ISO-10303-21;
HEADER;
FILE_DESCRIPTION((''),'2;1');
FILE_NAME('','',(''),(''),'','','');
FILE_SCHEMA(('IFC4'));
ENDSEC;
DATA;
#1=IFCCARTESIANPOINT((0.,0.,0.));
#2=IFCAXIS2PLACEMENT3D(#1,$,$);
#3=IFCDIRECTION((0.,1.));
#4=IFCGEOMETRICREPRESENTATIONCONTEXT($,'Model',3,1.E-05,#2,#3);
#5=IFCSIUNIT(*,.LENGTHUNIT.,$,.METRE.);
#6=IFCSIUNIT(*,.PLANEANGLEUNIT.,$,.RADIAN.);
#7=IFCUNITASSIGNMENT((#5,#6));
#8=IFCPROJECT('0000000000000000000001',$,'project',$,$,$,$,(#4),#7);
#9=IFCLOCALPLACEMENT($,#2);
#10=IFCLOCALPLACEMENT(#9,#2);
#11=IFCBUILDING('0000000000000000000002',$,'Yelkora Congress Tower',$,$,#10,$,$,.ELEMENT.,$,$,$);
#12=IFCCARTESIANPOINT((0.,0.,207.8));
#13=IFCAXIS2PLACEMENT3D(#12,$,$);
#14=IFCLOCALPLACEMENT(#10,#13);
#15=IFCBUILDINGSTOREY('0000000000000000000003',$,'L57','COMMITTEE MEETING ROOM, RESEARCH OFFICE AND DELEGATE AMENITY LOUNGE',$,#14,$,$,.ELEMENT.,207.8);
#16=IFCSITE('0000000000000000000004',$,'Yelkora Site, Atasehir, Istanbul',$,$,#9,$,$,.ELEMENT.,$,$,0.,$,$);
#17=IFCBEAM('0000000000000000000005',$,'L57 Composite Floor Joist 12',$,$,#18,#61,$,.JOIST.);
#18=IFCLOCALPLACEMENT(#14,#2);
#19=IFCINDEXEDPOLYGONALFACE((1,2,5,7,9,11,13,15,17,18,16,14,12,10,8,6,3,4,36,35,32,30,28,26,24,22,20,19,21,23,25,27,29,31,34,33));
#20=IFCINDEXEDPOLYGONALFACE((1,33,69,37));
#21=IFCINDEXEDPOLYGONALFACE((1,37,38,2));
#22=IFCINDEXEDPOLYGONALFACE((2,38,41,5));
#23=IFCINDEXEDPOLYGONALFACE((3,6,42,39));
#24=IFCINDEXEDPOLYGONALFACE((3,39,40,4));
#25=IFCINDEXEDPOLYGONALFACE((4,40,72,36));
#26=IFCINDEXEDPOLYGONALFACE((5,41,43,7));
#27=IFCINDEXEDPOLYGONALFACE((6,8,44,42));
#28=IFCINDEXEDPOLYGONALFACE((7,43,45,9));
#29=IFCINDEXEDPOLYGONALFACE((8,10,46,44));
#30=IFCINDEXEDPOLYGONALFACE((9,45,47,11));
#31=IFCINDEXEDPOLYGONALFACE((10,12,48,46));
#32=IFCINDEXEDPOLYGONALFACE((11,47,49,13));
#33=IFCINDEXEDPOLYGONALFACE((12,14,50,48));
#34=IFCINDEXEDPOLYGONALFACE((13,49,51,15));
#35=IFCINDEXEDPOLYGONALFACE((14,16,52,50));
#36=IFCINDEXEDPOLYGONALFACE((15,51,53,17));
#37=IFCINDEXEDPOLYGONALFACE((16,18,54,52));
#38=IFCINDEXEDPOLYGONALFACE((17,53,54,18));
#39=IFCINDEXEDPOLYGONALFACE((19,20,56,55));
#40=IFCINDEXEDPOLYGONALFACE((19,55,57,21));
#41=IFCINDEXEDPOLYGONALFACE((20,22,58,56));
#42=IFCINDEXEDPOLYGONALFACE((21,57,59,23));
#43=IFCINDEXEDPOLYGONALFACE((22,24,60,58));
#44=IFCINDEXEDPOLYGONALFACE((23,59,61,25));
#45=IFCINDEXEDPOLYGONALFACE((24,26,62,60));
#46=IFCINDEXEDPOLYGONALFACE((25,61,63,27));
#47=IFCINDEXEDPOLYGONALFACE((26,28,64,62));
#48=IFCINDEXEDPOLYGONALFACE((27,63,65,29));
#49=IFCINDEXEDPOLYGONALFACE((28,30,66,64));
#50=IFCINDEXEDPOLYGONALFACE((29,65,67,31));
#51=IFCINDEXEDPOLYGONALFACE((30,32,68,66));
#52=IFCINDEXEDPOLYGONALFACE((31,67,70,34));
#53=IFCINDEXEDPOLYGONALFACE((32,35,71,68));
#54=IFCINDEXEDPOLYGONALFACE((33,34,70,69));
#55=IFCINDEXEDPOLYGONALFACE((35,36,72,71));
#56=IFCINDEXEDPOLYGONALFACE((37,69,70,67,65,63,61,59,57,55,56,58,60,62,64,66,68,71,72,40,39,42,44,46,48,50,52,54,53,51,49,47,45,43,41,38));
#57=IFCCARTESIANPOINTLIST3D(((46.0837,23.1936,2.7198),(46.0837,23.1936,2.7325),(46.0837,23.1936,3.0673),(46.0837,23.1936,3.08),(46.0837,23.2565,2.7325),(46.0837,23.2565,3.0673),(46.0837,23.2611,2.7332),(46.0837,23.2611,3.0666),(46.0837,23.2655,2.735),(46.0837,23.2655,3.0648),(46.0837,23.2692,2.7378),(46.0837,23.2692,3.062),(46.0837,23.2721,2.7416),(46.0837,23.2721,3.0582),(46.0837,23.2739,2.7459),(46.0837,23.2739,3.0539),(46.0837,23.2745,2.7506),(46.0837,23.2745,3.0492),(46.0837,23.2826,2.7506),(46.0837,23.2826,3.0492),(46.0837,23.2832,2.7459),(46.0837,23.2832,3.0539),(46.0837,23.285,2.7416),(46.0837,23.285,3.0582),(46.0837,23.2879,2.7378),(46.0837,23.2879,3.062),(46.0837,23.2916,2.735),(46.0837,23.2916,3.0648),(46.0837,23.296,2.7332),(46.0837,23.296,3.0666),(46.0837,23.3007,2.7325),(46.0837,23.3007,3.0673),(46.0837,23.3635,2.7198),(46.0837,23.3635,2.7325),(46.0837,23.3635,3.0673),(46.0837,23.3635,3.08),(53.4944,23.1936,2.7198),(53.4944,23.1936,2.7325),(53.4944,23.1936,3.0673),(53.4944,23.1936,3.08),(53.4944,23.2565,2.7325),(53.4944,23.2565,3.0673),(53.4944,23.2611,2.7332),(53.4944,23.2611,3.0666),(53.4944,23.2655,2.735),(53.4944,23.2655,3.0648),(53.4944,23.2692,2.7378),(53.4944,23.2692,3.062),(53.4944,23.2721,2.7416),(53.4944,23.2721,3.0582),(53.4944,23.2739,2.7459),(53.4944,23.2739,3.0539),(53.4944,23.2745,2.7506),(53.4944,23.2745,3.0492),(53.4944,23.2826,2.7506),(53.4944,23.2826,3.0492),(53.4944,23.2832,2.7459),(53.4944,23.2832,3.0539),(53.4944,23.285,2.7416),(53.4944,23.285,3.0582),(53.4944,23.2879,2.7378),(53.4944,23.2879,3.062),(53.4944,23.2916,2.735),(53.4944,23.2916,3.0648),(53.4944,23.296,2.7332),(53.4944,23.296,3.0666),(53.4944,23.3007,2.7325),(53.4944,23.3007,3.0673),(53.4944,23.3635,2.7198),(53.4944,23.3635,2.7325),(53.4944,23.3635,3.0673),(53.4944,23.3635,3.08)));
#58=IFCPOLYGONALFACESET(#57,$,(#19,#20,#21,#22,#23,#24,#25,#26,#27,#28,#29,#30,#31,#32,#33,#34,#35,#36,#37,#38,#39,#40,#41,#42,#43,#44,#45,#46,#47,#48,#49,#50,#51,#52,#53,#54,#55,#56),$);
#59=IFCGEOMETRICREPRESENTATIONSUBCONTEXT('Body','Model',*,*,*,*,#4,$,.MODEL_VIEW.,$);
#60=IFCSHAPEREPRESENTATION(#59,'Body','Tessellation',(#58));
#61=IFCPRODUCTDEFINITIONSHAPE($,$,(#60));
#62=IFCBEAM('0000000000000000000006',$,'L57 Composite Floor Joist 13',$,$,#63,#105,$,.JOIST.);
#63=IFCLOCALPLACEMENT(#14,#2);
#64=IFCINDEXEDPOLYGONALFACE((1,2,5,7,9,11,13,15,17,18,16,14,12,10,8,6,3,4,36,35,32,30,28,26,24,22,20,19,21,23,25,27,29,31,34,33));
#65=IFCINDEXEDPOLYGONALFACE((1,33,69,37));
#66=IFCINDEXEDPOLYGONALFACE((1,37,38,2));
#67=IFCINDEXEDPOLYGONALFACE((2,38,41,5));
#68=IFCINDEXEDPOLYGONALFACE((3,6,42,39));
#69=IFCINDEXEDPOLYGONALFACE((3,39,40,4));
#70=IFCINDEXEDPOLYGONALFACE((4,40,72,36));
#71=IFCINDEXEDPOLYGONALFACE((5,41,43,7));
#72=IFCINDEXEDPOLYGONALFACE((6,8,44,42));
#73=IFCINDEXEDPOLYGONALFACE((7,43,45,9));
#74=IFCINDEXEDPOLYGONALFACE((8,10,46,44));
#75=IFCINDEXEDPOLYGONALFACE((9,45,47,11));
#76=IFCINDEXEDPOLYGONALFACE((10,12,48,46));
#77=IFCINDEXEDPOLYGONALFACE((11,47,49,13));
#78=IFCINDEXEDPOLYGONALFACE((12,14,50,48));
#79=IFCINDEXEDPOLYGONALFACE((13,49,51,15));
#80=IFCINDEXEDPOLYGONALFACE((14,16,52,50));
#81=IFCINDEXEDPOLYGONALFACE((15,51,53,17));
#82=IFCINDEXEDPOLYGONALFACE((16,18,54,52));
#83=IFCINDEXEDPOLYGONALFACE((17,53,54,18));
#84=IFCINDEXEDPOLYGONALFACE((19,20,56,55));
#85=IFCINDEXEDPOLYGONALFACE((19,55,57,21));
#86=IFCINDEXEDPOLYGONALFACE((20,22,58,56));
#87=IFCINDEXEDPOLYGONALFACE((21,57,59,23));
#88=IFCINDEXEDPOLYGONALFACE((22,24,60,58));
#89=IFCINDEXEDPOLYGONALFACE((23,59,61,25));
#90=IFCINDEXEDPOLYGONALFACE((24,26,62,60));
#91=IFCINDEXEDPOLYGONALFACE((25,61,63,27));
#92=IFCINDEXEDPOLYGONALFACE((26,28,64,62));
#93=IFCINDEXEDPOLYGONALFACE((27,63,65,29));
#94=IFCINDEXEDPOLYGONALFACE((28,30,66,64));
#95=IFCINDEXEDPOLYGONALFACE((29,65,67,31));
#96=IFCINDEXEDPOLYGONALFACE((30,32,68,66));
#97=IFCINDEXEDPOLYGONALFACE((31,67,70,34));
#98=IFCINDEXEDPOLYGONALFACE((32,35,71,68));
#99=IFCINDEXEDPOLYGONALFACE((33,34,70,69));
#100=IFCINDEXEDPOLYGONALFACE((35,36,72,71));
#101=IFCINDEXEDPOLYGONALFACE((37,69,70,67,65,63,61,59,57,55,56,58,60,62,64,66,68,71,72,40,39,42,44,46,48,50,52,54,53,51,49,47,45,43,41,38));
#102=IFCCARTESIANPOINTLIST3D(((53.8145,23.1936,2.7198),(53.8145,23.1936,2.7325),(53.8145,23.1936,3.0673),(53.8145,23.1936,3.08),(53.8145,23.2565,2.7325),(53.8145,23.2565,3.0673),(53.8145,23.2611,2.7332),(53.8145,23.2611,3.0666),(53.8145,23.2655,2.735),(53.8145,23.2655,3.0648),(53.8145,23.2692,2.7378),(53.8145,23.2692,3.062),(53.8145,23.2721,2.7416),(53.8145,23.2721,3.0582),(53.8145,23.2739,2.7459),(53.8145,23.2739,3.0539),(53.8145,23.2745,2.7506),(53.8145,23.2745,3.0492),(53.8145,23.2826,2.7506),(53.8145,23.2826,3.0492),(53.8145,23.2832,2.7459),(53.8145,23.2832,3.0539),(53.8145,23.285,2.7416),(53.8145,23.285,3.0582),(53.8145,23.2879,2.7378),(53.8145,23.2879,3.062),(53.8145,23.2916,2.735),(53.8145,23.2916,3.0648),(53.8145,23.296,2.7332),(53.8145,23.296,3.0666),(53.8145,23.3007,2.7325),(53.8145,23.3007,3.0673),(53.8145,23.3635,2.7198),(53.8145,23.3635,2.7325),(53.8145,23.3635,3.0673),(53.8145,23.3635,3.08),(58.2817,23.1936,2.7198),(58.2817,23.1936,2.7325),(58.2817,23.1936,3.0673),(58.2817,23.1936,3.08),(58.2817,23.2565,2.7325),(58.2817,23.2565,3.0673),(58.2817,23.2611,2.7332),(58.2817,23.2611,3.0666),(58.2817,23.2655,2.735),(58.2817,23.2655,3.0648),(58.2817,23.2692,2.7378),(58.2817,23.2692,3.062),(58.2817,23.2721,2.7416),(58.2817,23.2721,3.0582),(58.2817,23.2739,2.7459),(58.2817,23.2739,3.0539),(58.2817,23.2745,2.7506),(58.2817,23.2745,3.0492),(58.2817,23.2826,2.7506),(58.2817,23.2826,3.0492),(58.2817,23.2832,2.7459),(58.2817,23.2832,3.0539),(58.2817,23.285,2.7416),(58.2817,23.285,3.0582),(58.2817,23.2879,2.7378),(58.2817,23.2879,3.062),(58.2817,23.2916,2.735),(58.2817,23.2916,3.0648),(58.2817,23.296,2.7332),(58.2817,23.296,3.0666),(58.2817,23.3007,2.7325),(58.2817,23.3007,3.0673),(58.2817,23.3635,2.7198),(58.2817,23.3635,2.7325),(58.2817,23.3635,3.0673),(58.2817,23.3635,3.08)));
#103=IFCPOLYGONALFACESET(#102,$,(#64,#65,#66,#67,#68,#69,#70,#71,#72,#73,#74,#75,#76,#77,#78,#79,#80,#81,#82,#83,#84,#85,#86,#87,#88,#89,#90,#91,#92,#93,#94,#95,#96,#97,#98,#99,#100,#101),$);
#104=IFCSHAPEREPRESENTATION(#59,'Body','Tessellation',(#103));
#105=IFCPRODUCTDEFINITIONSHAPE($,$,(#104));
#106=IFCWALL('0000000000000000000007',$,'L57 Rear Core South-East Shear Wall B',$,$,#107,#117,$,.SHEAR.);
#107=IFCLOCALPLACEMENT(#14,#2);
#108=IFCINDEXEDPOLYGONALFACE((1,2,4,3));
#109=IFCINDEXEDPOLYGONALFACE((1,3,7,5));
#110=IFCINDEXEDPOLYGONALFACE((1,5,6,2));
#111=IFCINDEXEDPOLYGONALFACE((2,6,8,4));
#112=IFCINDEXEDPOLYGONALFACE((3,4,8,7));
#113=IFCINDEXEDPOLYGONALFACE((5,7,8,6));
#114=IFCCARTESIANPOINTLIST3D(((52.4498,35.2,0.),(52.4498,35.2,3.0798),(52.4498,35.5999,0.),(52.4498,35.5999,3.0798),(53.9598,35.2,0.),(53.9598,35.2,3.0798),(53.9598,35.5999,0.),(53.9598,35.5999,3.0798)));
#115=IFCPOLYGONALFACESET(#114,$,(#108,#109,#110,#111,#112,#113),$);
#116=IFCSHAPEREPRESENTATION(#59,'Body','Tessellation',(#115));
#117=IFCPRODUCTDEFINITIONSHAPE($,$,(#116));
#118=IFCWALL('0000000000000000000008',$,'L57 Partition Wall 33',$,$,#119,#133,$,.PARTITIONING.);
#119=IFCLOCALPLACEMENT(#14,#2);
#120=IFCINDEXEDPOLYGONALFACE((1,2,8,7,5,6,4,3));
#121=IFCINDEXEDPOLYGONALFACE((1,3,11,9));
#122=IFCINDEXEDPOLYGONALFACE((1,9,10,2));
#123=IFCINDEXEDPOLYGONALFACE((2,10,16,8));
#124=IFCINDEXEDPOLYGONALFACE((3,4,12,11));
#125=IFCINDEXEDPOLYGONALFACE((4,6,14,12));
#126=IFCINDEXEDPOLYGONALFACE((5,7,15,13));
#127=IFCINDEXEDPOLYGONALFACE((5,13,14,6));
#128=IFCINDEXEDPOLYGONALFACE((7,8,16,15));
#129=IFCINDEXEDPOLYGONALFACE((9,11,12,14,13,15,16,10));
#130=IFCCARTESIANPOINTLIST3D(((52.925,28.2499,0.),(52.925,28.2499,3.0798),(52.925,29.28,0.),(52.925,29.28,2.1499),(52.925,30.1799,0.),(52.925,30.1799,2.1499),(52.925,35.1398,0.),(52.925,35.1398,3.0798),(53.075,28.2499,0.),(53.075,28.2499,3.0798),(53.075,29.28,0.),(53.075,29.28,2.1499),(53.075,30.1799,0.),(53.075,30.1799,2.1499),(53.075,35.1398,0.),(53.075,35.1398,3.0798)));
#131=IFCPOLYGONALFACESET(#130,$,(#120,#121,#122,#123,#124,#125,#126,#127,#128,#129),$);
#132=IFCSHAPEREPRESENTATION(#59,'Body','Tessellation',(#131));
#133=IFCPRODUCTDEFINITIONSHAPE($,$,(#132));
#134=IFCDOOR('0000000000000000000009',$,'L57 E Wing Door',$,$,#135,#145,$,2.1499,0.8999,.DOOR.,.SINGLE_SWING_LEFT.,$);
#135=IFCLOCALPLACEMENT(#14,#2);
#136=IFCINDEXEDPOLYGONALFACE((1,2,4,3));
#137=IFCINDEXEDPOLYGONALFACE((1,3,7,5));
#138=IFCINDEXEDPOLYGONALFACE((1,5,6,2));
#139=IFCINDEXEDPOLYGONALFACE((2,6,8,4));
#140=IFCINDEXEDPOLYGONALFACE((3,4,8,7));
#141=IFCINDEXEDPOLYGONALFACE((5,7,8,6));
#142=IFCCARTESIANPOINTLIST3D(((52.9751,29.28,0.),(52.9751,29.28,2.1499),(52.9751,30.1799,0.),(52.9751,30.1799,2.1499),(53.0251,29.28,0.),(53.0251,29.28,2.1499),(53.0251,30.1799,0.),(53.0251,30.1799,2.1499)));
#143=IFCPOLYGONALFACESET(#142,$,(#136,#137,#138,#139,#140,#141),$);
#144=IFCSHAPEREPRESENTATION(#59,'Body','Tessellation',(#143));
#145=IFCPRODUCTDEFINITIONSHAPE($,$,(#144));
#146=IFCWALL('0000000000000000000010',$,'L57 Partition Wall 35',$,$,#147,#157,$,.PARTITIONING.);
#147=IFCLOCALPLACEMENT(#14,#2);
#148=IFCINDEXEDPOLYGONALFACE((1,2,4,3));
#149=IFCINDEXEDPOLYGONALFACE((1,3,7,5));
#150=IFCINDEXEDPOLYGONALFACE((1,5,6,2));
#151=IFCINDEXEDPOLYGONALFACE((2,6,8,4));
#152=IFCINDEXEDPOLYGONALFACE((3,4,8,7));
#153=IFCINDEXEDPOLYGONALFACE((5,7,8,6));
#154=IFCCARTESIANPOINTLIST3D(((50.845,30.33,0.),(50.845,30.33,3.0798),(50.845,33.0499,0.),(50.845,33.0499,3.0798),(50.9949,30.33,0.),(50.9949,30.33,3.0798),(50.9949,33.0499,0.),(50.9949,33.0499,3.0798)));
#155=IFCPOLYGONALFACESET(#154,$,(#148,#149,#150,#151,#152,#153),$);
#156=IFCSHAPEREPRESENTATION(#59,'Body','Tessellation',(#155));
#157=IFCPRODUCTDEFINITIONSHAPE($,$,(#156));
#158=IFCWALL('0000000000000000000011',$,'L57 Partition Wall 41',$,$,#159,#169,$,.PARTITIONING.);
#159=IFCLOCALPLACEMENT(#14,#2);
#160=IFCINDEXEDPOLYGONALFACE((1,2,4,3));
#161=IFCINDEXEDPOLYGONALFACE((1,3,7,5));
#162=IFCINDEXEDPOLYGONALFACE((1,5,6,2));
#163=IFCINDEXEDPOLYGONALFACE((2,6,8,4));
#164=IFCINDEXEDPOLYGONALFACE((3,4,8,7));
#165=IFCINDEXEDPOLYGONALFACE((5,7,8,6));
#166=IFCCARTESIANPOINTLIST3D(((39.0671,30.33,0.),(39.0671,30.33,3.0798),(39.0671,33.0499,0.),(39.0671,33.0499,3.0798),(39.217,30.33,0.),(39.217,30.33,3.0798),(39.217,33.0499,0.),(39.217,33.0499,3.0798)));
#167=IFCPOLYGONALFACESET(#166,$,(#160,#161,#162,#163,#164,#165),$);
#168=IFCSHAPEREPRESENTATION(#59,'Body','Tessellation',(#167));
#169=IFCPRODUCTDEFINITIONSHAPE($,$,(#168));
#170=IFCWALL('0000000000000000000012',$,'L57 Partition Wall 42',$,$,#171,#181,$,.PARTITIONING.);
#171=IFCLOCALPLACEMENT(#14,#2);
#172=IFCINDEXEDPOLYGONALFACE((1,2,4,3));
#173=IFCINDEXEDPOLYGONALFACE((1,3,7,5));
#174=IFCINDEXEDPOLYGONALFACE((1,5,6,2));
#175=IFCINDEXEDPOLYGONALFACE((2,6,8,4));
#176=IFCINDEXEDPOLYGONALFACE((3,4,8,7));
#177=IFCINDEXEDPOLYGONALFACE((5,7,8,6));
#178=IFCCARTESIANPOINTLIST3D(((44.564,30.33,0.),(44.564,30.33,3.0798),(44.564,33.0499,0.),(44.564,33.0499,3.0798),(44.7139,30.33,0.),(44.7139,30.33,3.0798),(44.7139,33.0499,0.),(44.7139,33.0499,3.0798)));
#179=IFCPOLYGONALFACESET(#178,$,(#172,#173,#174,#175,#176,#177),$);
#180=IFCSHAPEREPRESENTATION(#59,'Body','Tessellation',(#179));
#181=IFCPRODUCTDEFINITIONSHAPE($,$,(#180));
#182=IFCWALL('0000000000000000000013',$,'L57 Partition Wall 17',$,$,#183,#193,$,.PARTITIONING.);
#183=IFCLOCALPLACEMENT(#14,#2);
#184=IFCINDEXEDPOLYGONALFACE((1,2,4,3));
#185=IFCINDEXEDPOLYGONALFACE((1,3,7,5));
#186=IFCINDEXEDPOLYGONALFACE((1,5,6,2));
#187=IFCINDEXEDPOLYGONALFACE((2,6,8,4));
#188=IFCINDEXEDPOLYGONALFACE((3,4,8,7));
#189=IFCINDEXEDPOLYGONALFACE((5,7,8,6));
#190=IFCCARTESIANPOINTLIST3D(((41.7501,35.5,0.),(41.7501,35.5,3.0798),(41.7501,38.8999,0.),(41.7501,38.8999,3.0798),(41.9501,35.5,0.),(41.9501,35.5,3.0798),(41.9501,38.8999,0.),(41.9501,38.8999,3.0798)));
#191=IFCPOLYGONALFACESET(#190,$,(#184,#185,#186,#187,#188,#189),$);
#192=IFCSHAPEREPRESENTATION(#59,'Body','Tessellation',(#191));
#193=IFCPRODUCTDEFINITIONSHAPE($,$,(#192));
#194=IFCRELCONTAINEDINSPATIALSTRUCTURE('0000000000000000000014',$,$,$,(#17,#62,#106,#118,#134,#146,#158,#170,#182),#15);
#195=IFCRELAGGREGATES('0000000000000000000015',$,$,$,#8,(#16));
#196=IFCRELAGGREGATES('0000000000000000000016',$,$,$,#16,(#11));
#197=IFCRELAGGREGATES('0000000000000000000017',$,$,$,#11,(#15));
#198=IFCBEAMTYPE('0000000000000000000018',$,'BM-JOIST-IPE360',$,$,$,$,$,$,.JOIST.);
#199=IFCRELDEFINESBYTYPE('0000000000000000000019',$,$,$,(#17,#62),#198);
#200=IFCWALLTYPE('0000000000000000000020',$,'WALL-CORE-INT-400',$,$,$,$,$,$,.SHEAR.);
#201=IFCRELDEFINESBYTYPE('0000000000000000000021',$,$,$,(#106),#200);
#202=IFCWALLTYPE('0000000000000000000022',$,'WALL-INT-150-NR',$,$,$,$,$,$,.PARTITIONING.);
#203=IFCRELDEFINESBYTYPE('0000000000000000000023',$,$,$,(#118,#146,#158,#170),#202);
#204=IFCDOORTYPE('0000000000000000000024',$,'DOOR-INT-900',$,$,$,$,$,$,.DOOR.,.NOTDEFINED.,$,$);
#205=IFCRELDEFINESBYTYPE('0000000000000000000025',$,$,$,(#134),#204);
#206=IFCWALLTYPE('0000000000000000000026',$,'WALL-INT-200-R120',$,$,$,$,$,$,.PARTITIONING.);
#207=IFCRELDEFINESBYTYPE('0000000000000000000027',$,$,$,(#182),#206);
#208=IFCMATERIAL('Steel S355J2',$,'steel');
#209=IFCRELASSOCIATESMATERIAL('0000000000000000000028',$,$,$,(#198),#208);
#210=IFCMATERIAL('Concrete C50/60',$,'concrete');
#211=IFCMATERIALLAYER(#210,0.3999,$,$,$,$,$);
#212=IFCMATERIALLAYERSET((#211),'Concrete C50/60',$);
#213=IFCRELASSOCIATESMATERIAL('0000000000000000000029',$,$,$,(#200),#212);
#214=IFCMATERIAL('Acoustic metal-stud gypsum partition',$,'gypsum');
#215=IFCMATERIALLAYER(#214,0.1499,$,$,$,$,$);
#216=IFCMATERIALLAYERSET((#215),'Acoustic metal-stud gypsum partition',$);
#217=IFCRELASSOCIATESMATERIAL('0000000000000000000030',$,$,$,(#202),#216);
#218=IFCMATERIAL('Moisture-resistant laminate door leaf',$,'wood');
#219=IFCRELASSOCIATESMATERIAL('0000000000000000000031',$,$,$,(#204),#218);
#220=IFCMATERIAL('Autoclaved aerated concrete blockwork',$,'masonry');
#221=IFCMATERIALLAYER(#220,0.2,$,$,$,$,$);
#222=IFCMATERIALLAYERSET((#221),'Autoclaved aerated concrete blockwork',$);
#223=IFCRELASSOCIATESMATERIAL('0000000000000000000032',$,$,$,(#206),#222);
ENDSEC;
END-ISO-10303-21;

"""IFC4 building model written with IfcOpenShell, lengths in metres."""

from ifc_helpers import new_model, si_unit, direction, frame, frame_2d, origin, origin_2d, place, context, subcontext, project, spatial, rectangle, i_section, extrude, material, layer, layer_set, material_profile, profile_set, type_object, element, fill, save


model = new_model("IFC4")

# Units and contexts
model_context = context("Model", 3, precision=1e-05, world=origin(), true_north=direction((0.0, 1.0)))
body_context = subcontext(model_context, "Body", "Model", "MODEL_VIEW")
ifc_project = project(units=[si_unit("LENGTHUNIT", "METRE"), si_unit("PLANEANGLEUNIT", "RADIAN")], contexts=[model_context])

# Site, building, storey
site_placement = place(None, origin())
site = spatial("IfcSite", under=ifc_project, at=site_placement, Name="Yelkora Site, Atasehir, Istanbul", CompositionType="ELEMENT", RefElevation=0.0)
building_placement = place(site_placement, origin())
building = spatial("IfcBuilding", under=site, at=building_placement, Name="Yelkora Congress Tower", CompositionType="ELEMENT")
storey_placement = place(building_placement, frame((0.0, 0.0, 207.8)))
storey = spatial("IfcBuildingStorey", under=building, at=storey_placement, Name="L57", Description="COMMITTEE MEETING ROOM, RESEARCH OFFICE AND DELEGATE AMENITY LOUNGE", CompositionType="ELEMENT", Elevation=207.8)

# Beams
ifc_material_1 = material(Name="Steel S355J2", Category="steel")
ifc_material_profile_1 = material_profile(ifc_material_1, i_section(OverallWidth=0.1699, OverallDepth=0.3601, WebThickness=0.0081, FlangeThickness=0.0127, FilletRadius=0.0181, at=origin_2d()), Name="IPE 360")
ifc_profile_set_1 = profile_set([ifc_material_profile_1], Name="Steel S355J2")
beam_type_1 = type_object("IfcBeamType", Name="BM-JOIST-IPE360", PredefinedType="JOIST", material=ifc_profile_set_1)
beam_1_placement = place(storey_placement, frame((46.0837, 23.2786, 2.8999), z_axis=(1.0, 0.0, 0.0), x_axis=(0.0, 1.0, 0.0)))
element("IfcBeam", 1, at=beam_1_placement, inside=storey, type_object=beam_type_1, Name="L57 Composite Floor Joist 12", PredefinedType="JOIST", context=body_context, shape_type="SweptSolid", body=[
    extrude(i_section(OverallWidth=0.1699, OverallDepth=0.3601, WebThickness=0.0081, FlangeThickness=0.0127, FilletRadius=0.0181, at=origin_2d()), origin(), (0.0, 0.0, 1.0), 7.4106),
])
beam_2_placement = place(storey_placement, frame((53.8145, 23.2786, 2.8999), z_axis=(1.0, 0.0, 0.0), x_axis=(0.0, 1.0, 0.0)))
element("IfcBeam", 2, at=beam_2_placement, inside=storey, type_object=beam_type_1, Name="L57 Composite Floor Joist 13", PredefinedType="JOIST", context=body_context, shape_type="SweptSolid", body=[
    extrude(i_section(OverallWidth=0.1699, OverallDepth=0.3601, WebThickness=0.0081, FlangeThickness=0.0127, FilletRadius=0.0181, at=origin_2d()), origin(), (0.0, 0.0, 1.0), 4.4673),
])

# Shared definitions
ifc_material_2 = material(Name="Concrete C50/60", Category="concrete")
ifc_layer_1 = layer(ifc_material_2, 0.3999)
ifc_layer_set_1 = layer_set([ifc_layer_1], Name="Concrete C50/60")
wall_type_1 = type_object("IfcWallType", Name="WALL-CORE-INT-400", PredefinedType="SHEAR", material=ifc_layer_set_1)

# Wall
wall_1_placement = place(storey_placement, frame((52.45, 35.3999, 0.0), z_axis=(0.0, 0.0, 1.0), x_axis=(1.0, 0.0, 0.0)))
element("IfcWall", 3, at=wall_1_placement, inside=storey, type_object=wall_type_1, Name="L57 Rear Core South-East Shear Wall B", PredefinedType="SHEAR", context=body_context, shape_type="SweptSolid", body=[
    extrude(rectangle(XDim=1.51, YDim=0.3999, at=frame_2d((0.7549, 0.0))), origin(), (0.0, 0.0, 1.0), 3.0798),
])

# Wall, opening, door
ifc_material_3 = material(Name="Acoustic metal-stud gypsum partition", Category="gypsum")
ifc_layer_2 = layer(ifc_material_3, 0.1499)
ifc_layer_set_2 = layer_set([ifc_layer_2], Name="Acoustic metal-stud gypsum partition")
wall_type_2 = type_object("IfcWallType", Name="WALL-INT-150-NR", PredefinedType="PARTITIONING", material=ifc_layer_set_2)
wall_2_placement = place(storey_placement, frame((53.0, 28.25, 0.0), z_axis=(0.0, 0.0, 1.0), x_axis=(0.0, 1.0, 0.0)))
wall_2 = element("IfcWall", 4, at=wall_2_placement, inside=storey, type_object=wall_type_2, Name="L57 Partition Wall 33", PredefinedType="PARTITIONING", context=body_context, shape_type="SweptSolid", body=[
    extrude(rectangle(XDim=6.8899, YDim=0.1499, at=frame_2d((3.4448, 0.0))), origin(), (0.0, 0.0, 1.0), 3.0798),
])
opening_1_placement = place(wall_2_placement, frame((1.03, 0.0, 0.0)))
opening_1 = element("IfcOpeningElement", 5, at=opening_1_placement, cuts=wall_2, PredefinedType="OPENING", context=body_context, shape_type="SweptSolid", body=[
    extrude(rectangle(XDim=0.8999, YDim=2.1499, at=frame_2d((0.45, 1.075))), frame((0.0, 0.085, 0.0), z_axis=(0.0, -1.0, 0.0), x_axis=(1.0, 0.0, 0.0)), (0.0, 0.0, 1.0), 0.1699),
])
ifc_material_4 = material(Name="Moisture-resistant laminate door leaf", Category="wood")
door_type_1 = type_object("IfcDoorType", Name="DOOR-INT-900", OperationType="NOTDEFINED", PredefinedType="DOOR", material=ifc_material_4)
door_1_placement = place(opening_1_placement, origin())
door_1 = element("IfcDoor", 6, at=door_1_placement, inside=storey, type_object=door_type_1, Name="L57 E Wing Door", OperationType="SINGLE_SWING_LEFT", OverallHeight=2.1499, OverallWidth=0.8999, PredefinedType="DOOR", context=body_context, shape_type="SweptSolid", body=[
    extrude(rectangle(XDim=0.8999, YDim=2.1499, at=frame_2d((0.45, 1.075))), frame((0.0, 0.0249, 0.0), z_axis=(0.0, -1.0, 0.0), x_axis=(1.0, 0.0, 0.0)), (0.0, 0.0, 1.0), 0.05),
])
fill(opening_1, door_1)

# Walls
for number, where, z_axis, x_axis, name in (
    (7, (50.9199, 30.3301, 0.0), (0.0, 0.0, 1.0), (0.0, 1.0, 0.0), "L57 Partition Wall 35"),
    (8, (39.1421, 30.3301, 0.0), (0.0, 0.0, 1.0), (0.0, 1.0, 0.0), "L57 Partition Wall 41"),
    (9, (44.6389, 30.3301, 0.0), (0.0, 0.0, 1.0), (0.0, 1.0, 0.0), "L57 Partition Wall 42"),
):
    element("IfcWall", number, at=place(storey_placement, frame(where, z_axis=z_axis, x_axis=x_axis)), inside=storey, type_object=wall_type_2, Name=name, PredefinedType="PARTITIONING", context=body_context, shape_type="SweptSolid", body=[
        extrude(rectangle(XDim=2.72, YDim=0.1499, at=frame_2d((1.3599, 0.0))), origin(), (0.0, 0.0, 1.0), 3.0798),
    ])
ifc_material_5 = material(Name="Autoclaved aerated concrete blockwork", Category="masonry")
ifc_layer_3 = layer(ifc_material_5, 0.2)
ifc_layer_set_3 = layer_set([ifc_layer_3], Name="Autoclaved aerated concrete blockwork")
wall_type_3 = type_object("IfcWallType", Name="WALL-INT-200-R120", PredefinedType="PARTITIONING", material=ifc_layer_set_3)
wall_3_placement = place(storey_placement, frame((41.8501, 35.5, 0.0), z_axis=(0.0, 0.0, 1.0), x_axis=(0.0, 1.0, 0.0)))
element("IfcWall", 10, at=wall_3_placement, inside=storey, type_object=wall_type_3, Name="L57 Partition Wall 17", PredefinedType="PARTITIONING", context=body_context, shape_type="SweptSolid", body=[
    extrude(rectangle(XDim=3.3999, YDim=0.2, at=frame_2d((1.7, 0.0))), origin(), (0.0, 0.0, 1.0), 3.0798),
])

save(model, "model.ifc")
